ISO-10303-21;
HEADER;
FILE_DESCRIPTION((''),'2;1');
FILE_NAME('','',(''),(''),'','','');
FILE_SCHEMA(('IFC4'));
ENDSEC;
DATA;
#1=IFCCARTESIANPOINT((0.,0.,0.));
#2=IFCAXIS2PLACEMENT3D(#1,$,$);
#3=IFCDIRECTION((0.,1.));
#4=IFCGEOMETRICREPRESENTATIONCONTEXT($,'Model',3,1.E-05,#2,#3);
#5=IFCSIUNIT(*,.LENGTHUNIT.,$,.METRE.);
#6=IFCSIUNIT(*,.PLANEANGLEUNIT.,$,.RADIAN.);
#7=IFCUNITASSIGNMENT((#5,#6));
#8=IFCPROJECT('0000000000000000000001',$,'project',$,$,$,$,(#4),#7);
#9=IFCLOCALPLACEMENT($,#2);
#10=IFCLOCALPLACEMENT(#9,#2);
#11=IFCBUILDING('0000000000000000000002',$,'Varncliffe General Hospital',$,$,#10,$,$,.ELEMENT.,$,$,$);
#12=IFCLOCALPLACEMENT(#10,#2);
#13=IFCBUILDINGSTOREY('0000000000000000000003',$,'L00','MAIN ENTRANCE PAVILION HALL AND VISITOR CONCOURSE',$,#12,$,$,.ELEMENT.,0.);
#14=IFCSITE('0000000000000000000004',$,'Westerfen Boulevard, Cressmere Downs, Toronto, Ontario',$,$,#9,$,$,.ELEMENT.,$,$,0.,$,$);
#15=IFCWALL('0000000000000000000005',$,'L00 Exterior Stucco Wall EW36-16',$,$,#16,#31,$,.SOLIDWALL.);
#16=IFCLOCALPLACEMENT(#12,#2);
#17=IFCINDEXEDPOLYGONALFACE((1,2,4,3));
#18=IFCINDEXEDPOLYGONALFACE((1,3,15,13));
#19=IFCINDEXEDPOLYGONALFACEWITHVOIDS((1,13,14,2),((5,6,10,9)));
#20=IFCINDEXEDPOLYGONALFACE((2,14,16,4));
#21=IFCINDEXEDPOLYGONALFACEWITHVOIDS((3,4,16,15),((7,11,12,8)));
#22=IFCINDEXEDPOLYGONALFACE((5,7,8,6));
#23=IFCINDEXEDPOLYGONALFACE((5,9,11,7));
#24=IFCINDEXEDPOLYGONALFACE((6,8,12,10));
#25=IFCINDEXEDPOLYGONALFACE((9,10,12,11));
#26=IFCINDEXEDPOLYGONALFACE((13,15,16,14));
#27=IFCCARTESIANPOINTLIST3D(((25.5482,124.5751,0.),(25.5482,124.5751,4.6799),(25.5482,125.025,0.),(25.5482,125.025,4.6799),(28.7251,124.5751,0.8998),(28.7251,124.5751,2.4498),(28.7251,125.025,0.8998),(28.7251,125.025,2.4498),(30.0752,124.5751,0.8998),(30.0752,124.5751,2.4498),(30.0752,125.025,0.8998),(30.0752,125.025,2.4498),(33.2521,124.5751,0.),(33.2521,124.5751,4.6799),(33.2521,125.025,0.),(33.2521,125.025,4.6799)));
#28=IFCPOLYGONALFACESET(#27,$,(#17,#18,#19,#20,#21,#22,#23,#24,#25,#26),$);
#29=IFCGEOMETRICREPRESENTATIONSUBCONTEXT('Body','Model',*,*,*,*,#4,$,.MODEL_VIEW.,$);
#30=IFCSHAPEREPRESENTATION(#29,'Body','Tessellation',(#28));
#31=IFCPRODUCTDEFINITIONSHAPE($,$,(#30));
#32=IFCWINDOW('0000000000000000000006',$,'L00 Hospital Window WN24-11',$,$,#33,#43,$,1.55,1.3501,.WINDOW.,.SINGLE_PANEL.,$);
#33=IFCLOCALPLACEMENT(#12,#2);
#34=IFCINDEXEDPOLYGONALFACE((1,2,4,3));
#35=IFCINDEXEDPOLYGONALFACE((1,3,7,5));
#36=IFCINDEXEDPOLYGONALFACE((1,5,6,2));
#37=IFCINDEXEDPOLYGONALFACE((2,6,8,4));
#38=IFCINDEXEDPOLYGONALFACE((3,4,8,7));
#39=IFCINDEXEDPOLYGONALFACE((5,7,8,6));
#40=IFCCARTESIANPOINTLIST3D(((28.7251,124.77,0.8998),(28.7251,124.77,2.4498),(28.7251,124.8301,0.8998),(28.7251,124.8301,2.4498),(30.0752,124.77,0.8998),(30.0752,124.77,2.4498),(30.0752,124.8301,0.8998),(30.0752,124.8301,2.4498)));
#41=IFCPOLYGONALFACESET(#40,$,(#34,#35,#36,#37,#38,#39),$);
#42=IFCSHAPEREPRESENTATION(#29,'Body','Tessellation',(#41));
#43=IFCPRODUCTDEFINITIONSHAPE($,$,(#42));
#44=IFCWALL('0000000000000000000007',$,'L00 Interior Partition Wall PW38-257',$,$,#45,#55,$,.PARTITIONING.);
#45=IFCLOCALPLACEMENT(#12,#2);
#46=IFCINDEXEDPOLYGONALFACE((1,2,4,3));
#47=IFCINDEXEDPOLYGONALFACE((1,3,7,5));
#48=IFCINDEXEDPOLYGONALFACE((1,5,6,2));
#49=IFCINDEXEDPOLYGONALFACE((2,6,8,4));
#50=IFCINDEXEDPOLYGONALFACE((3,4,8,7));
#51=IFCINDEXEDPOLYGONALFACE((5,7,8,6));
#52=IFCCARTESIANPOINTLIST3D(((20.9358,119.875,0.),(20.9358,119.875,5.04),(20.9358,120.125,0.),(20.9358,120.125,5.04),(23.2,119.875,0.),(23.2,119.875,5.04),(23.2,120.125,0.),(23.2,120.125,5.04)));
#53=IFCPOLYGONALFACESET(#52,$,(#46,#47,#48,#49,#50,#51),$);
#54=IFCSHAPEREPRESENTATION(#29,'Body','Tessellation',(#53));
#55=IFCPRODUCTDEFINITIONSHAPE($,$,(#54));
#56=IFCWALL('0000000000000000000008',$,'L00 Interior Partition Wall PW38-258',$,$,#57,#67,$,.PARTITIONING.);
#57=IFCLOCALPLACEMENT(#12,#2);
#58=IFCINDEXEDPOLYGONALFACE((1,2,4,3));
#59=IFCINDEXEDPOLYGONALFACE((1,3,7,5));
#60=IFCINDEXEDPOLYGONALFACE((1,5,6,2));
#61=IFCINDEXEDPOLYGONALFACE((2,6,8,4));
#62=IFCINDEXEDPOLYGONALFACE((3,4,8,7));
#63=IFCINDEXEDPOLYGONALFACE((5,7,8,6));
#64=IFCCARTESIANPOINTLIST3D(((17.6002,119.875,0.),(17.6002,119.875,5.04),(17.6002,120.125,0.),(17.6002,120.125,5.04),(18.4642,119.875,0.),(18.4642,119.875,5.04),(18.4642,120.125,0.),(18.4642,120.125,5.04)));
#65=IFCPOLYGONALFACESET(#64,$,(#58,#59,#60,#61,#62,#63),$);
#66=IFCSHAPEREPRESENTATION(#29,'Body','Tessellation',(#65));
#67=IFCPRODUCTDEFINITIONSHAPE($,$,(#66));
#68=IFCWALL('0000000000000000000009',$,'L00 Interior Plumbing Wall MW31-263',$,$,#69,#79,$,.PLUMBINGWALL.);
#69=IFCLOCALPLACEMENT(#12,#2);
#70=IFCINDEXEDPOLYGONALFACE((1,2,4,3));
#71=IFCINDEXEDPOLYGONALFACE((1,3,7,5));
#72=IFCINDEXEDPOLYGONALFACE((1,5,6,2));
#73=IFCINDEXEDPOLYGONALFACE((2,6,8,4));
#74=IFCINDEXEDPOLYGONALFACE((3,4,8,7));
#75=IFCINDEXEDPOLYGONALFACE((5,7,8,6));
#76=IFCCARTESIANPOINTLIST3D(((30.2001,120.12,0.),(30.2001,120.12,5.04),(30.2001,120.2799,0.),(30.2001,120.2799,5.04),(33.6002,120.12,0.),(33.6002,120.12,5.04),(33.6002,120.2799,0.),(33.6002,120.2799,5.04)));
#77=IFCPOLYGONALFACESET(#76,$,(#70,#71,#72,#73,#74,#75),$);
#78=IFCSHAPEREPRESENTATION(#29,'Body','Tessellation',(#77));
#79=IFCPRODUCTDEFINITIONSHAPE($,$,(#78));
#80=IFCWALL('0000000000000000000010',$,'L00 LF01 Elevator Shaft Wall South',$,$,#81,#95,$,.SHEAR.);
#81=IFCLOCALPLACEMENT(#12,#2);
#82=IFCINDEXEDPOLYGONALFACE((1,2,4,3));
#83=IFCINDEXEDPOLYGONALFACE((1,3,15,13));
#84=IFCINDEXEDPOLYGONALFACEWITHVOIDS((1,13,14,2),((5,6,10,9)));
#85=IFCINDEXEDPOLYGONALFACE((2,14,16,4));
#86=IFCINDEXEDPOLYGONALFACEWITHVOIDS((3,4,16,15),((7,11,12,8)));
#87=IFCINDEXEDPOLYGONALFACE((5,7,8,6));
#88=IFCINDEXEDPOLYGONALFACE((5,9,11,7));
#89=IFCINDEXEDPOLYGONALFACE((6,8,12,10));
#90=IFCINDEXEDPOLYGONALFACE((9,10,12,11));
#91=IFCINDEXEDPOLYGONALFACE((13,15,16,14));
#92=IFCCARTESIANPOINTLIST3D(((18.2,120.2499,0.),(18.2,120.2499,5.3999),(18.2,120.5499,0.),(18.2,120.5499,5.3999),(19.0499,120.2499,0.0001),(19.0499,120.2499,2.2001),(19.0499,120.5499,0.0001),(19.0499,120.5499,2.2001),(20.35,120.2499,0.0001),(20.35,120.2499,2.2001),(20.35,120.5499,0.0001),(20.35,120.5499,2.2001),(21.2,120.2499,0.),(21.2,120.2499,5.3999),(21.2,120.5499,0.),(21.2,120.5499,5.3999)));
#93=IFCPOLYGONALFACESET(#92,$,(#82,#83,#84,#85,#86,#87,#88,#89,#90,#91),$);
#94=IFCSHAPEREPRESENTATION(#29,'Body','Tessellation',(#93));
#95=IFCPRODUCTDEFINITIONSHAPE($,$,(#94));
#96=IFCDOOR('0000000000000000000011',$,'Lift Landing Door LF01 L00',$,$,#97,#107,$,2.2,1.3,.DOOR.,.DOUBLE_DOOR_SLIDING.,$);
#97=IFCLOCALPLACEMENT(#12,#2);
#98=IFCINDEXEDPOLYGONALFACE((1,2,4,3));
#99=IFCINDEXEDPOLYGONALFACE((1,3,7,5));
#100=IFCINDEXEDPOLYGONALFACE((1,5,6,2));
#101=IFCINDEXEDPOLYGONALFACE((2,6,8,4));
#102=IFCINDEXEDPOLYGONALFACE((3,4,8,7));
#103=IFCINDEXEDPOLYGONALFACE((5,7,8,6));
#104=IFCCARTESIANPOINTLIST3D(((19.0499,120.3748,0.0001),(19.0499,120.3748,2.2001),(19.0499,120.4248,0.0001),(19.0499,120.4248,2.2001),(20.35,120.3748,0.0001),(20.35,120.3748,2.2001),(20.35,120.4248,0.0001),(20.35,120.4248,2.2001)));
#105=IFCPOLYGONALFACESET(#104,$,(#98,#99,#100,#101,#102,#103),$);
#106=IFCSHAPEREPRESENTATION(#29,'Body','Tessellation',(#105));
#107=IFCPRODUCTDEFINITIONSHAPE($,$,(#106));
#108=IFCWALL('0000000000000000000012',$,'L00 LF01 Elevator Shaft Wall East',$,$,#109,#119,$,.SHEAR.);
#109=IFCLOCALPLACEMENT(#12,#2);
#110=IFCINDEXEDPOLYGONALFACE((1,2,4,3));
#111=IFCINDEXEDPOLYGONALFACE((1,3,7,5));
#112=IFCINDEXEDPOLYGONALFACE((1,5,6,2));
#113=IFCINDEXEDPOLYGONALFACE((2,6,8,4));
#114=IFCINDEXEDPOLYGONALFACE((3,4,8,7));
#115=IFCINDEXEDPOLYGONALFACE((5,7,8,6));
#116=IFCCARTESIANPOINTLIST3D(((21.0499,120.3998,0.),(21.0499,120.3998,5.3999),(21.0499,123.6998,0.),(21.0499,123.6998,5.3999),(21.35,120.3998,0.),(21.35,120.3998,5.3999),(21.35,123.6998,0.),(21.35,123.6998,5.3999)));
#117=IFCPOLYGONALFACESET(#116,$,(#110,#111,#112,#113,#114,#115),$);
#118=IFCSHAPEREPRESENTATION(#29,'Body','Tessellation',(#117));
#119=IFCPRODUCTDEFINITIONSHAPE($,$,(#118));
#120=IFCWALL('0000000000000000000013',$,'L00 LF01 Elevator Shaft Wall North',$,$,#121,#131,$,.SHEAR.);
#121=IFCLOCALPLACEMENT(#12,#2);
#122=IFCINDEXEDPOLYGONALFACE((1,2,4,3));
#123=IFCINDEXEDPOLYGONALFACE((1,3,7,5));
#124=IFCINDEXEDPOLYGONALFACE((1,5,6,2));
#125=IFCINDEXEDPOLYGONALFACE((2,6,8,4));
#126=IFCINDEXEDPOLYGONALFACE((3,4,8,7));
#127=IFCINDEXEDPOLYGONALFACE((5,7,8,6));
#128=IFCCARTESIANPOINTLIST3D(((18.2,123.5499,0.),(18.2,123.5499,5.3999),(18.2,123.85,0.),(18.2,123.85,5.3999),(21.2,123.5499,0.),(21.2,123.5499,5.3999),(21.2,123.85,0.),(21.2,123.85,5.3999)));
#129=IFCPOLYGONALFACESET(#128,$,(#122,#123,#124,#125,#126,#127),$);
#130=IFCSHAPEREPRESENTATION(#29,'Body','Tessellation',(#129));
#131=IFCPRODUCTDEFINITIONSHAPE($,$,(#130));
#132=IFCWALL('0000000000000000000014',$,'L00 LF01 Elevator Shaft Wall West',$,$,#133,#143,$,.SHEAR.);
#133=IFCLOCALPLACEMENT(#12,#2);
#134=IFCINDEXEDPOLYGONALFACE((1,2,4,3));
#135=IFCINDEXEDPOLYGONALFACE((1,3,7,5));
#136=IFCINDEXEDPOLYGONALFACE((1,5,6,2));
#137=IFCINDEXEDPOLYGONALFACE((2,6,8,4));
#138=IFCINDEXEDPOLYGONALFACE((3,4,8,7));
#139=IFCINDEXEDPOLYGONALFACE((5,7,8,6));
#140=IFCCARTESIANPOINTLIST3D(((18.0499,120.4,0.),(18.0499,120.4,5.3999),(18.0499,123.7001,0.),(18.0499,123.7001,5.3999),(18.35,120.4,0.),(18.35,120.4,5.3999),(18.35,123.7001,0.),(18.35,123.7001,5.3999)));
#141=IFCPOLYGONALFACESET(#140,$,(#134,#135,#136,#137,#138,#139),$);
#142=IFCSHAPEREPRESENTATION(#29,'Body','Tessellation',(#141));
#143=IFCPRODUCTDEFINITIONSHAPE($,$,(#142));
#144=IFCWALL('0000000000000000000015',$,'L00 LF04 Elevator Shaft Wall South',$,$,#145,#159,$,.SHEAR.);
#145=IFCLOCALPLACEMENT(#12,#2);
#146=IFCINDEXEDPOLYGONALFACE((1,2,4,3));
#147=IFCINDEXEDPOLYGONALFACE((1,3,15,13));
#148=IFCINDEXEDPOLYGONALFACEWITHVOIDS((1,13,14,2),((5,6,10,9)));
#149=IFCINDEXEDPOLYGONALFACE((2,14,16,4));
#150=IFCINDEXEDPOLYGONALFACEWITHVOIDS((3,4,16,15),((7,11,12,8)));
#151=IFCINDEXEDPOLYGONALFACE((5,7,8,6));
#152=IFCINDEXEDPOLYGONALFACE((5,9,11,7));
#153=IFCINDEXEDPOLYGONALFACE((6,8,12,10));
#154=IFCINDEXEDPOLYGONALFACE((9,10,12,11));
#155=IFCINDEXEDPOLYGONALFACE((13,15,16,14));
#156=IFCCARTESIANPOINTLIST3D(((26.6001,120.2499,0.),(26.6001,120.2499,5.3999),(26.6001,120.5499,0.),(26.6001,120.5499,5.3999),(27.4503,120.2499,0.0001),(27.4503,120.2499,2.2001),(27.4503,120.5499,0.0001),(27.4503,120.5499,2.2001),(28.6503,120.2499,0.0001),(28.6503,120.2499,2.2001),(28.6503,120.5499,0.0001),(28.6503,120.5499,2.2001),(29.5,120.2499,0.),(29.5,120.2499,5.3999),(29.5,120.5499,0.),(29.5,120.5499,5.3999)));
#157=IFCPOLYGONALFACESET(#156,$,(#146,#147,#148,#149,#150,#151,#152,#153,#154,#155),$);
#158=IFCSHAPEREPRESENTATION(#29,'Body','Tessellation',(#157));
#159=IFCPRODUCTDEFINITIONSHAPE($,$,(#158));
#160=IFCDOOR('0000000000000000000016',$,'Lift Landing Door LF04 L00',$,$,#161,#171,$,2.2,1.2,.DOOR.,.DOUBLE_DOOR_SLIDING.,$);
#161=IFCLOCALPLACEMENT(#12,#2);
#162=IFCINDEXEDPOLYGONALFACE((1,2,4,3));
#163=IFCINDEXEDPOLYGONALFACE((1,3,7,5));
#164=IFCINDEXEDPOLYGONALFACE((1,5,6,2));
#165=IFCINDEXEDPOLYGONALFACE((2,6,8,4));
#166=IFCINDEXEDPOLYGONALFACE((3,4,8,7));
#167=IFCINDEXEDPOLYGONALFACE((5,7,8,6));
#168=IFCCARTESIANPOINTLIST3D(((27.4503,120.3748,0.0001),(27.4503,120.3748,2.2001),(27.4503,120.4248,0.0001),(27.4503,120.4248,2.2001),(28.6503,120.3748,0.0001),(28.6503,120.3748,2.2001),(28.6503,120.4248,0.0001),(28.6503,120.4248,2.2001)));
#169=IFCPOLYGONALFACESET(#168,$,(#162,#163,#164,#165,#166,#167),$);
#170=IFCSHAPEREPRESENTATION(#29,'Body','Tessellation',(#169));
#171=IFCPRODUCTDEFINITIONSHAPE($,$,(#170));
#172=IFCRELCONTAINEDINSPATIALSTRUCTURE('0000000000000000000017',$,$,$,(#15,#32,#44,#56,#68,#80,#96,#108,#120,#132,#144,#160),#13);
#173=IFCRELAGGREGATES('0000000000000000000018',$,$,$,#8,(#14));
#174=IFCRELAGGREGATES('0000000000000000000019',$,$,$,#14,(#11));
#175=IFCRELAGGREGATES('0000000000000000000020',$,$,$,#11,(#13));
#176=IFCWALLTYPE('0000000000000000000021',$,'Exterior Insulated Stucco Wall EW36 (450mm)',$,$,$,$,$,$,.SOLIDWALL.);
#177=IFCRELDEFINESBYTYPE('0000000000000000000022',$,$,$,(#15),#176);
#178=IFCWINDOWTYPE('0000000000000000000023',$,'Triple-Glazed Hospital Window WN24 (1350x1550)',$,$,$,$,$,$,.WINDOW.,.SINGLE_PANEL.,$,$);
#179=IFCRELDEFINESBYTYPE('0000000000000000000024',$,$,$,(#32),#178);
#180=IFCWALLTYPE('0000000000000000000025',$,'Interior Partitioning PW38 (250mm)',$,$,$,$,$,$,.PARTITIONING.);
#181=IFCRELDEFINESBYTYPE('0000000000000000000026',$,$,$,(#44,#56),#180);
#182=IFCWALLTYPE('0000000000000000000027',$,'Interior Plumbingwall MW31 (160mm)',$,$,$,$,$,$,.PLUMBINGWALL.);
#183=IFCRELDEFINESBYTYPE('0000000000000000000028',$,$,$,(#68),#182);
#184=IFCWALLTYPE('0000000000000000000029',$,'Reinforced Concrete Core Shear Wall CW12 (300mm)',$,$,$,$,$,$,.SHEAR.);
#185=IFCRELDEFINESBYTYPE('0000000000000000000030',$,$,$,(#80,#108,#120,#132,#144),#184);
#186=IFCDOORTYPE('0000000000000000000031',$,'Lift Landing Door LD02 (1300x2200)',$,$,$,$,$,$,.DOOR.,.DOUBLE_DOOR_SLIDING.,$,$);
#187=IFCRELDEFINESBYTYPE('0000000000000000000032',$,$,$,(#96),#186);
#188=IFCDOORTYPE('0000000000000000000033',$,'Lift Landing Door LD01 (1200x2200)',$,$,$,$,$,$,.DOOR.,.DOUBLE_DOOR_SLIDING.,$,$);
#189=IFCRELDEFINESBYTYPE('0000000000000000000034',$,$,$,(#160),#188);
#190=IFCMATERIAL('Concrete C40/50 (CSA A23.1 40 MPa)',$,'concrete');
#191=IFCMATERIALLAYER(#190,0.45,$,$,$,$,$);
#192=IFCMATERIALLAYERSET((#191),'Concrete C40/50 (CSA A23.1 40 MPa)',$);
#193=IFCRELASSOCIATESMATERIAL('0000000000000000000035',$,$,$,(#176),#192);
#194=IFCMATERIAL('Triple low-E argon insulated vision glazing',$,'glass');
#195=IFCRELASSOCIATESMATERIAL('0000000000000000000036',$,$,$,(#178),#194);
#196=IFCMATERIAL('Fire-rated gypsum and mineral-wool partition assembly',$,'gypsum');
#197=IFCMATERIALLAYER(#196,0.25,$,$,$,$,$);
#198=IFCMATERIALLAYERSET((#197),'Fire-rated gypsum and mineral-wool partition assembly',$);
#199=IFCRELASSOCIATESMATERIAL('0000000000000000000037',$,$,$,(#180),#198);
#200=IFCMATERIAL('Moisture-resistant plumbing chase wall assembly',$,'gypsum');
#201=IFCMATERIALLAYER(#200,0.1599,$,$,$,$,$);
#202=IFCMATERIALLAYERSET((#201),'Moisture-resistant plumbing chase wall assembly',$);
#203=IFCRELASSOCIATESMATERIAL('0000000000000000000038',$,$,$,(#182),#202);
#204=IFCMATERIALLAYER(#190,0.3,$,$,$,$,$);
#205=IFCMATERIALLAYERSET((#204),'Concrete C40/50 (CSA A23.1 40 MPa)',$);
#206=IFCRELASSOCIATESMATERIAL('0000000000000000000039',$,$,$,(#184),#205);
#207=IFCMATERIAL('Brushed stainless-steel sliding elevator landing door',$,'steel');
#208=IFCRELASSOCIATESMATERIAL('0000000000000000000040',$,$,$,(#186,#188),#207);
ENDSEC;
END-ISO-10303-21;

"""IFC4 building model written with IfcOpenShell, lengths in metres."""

from ifc_helpers import new_model, si_unit, direction, frame, frame_2d, origin, place, context, subcontext, project, spatial, rectangle, extrude, material, layer, layer_set, type_object, element, fill, save


model = new_model("IFC4")

# Units and contexts
model_context = context("Model", 3, precision=1e-05, world=origin(), true_north=direction((0.0, 1.0)))
body_context = subcontext(model_context, "Body", "Model", "MODEL_VIEW")
ifc_project = project(units=[si_unit("LENGTHUNIT", "METRE"), si_unit("PLANEANGLEUNIT", "RADIAN")], contexts=[model_context])

# Site, building, storey
site_placement = place(None, origin())
site = spatial("IfcSite", under=ifc_project, at=site_placement, Name="Westerfen Boulevard, Cressmere Downs, Toronto, Ontario", CompositionType="ELEMENT", RefElevation=0.0)
building_placement = place(site_placement, origin())
building = spatial("IfcBuilding", under=site, at=building_placement, Name="Varncliffe General Hospital", CompositionType="ELEMENT")
storey_placement = place(building_placement, origin())
storey = spatial("IfcBuildingStorey", under=building, at=storey_placement, Name="L00", Description="MAIN ENTRANCE PAVILION HALL AND VISITOR CONCOURSE", CompositionType="ELEMENT", Elevation=0.0)

# Shared definitions
ifc_material_1 = material(Name="Concrete C40/50 (CSA A23.1 40 MPa)", Category="concrete")

# Wall, opening, window
ifc_material_2 = material(Name="Triple low-E argon insulated vision glazing", Category="glass")
ifc_layer_1 = layer(ifc_material_1, 0.45)
ifc_layer_set_1 = layer_set([ifc_layer_1], Name="Concrete C40/50 (CSA A23.1 40 MPa)")
wall_type_1 = type_object("IfcWallType", Name="Exterior Insulated Stucco Wall EW36 (450mm)", PredefinedType="SOLIDWALL", material=ifc_layer_set_1)
wall_1_placement = place(storey_placement, frame((25.5481, 124.8, 0.0), z_axis=(0.0, 0.0, 1.0), x_axis=(1.0, 0.0, 0.0)))
wall_1 = element("IfcWall", 1, at=wall_1_placement, inside=storey, type_object=wall_type_1, Name="L00 Exterior Stucco Wall EW36-16", PredefinedType="SOLIDWALL", context=body_context, shape_type="SweptSolid", body=[
    extrude(rectangle(XDim=7.7039, YDim=0.45, at=frame_2d((3.8521, 0.0))), origin(), (0.0, 0.0, 1.0), 4.6799),
])
opening_1_placement = place(wall_1_placement, frame((3.177, 0.0, 0.8999)))
opening_1 = element("IfcOpeningElement", 2, at=opening_1_placement, cuts=wall_1, PredefinedType="OPENING", context=body_context, shape_type="SweptSolid", body=[
    extrude(rectangle(XDim=1.3501, YDim=1.55, at=frame_2d((0.675, 0.7749))), frame((0.0, 0.2349, 0.0), z_axis=(0.0, -1.0, 0.0), x_axis=(1.0, 0.0, 0.0)), (0.0, 0.0, 1.0), 0.47),
])
window_type_1 = type_object("IfcWindowType", Name="Triple-Glazed Hospital Window WN24 (1350x1550)", PartitioningType="SINGLE_PANEL", PredefinedType="WINDOW", material=ifc_material_2)
window_1_placement = place(opening_1_placement, origin())
window_1 = element("IfcWindow", 3, at=window_1_placement, inside=storey, type_object=window_type_1, Name="L00 Hospital Window WN24-11", OverallHeight=1.55, OverallWidth=1.3501, PartitioningType="SINGLE_PANEL", PredefinedType="WINDOW", context=body_context, shape_type="SweptSolid", body=[
    extrude(rectangle(XDim=1.3501, YDim=1.55, at=frame_2d((0.675, 0.7749))), frame((0.0, 0.03, 0.0), z_axis=(0.0, -1.0, 0.0), x_axis=(1.0, 0.0, 0.0)), (0.0, 0.0, 1.0), 0.0601),
])
fill(opening_1, window_1)

# Walls
ifc_material_3 = material(Name="Fire-rated gypsum and mineral-wool partition assembly", Category="gypsum")
ifc_layer_2 = layer(ifc_material_3, 0.25)
ifc_layer_set_2 = layer_set([ifc_layer_2], Name="Fire-rated gypsum and mineral-wool partition assembly")
wall_type_2 = type_object("IfcWallType", Name="Interior Partitioning PW38 (250mm)", PredefinedType="PARTITIONING", material=ifc_layer_set_2)
wall_2_placement = place(storey_placement, frame((20.9358, 120.0, 0.0), z_axis=(0.0, 0.0, 1.0), x_axis=(1.0, 0.0, 0.0)))
element("IfcWall", 4, at=wall_2_placement, inside=storey, type_object=wall_type_2, Name="L00 Interior Partition Wall PW38-257", PredefinedType="PARTITIONING", context=body_context, shape_type="SweptSolid", body=[
    extrude(rectangle(XDim=2.2642, YDim=0.25, at=frame_2d((1.1321, 0.0))), origin(), (0.0, 0.0, 1.0), 5.04),
])
wall_3_placement = place(storey_placement, frame((17.6001, 120.0, 0.0), z_axis=(0.0, 0.0, 1.0), x_axis=(1.0, 0.0, 0.0)))
element("IfcWall", 5, at=wall_3_placement, inside=storey, type_object=wall_type_2, Name="L00 Interior Partition Wall PW38-258", PredefinedType="PARTITIONING", context=body_context, shape_type="SweptSolid", body=[
    extrude(rectangle(XDim=0.864, YDim=0.25, at=frame_2d((0.4321, 0.0))), origin(), (0.0, 0.0, 1.0), 5.04),
])
ifc_material_4 = material(Name="Moisture-resistant plumbing chase wall assembly", Category="gypsum")
ifc_layer_3 = layer(ifc_material_4, 0.1599)
ifc_layer_set_3 = layer_set([ifc_layer_3], Name="Moisture-resistant plumbing chase wall assembly")
wall_type_3 = type_object("IfcWallType", Name="Interior Plumbingwall MW31 (160mm)", PredefinedType="PLUMBINGWALL", material=ifc_layer_set_3)
wall_4_placement = place(storey_placement, frame((30.2, 120.2, 0.0), z_axis=(0.0, 0.0, 1.0), x_axis=(1.0, 0.0, 0.0)))
element("IfcWall", 6, at=wall_4_placement, inside=storey, type_object=wall_type_3, Name="L00 Interior Plumbing Wall MW31-263", PredefinedType="PLUMBINGWALL", context=body_context, shape_type="SweptSolid", body=[
    extrude(rectangle(XDim=3.4001, YDim=0.1599, at=frame_2d((1.7002, 0.0))), origin(), (0.0, 0.0, 1.0), 5.04),
])

# Wall, opening, door
ifc_layer_4 = layer(ifc_material_1, 0.3)
ifc_layer_set_4 = layer_set([ifc_layer_4], Name="Concrete C40/50 (CSA A23.1 40 MPa)")
wall_type_4 = type_object("IfcWallType", Name="Reinforced Concrete Core Shear Wall CW12 (300mm)", PredefinedType="SHEAR", material=ifc_layer_set_4)
wall_5_placement = place(storey_placement, frame((18.2, 120.3999, 0.0), z_axis=(0.0, 0.0, 1.0), x_axis=(1.0, 0.0, 0.0)))
wall_5 = element("IfcWall", 7, at=wall_5_placement, inside=storey, type_object=wall_type_4, Name="L00 LF01 Elevator Shaft Wall South", PredefinedType="SHEAR", context=body_context, shape_type="SweptSolid", body=[
    extrude(rectangle(XDim=3.0, YDim=0.3, at=frame_2d((1.5, 0.0))), origin(), (0.0, 0.0, 1.0), 5.3999),
])
opening_2_placement = place(wall_5_placement, frame((0.8501, 0.0, 0.0)))
opening_2 = element("IfcOpeningElement", 8, at=opening_2_placement, cuts=wall_5, PredefinedType="OPENING", context=body_context, shape_type="SweptSolid", body=[
    extrude(rectangle(XDim=1.3, YDim=2.2, at=frame_2d((0.6499, 1.1001))), frame((0.0, 0.1602, 0.0), z_axis=(0.0, -1.0, 0.0), x_axis=(1.0, 0.0, 0.0)), (0.0, 0.0, 1.0), 0.3201),
])
ifc_material_5 = material(Name="Brushed stainless-steel sliding elevator landing door", Category="steel")
door_type_1 = type_object("IfcDoorType", Name="Lift Landing Door LD02 (1300x2200)", OperationType="DOUBLE_DOOR_SLIDING", PredefinedType="DOOR", material=ifc_material_5)
door_1_placement = place(opening_2_placement, origin())
door_1 = element("IfcDoor", 9, at=door_1_placement, inside=storey, type_object=door_type_1, Name="Lift Landing Door LF01 L00", OperationType="DOUBLE_DOOR_SLIDING", OverallHeight=2.2, OverallWidth=1.3, PredefinedType="DOOR", context=body_context, shape_type="SweptSolid", body=[
    extrude(rectangle(XDim=1.3, YDim=2.2, at=frame_2d((0.6499, 1.1001))), frame((0.0, 0.0249, 0.0), z_axis=(0.0, -1.0, 0.0), x_axis=(1.0, 0.0, 0.0)), (0.0, 0.0, 1.0), 0.05),
])
fill(opening_2, door_1)

# Walls
wall_6_placement = place(storey_placement, frame((21.2, 120.3999, 0.0), z_axis=(0.0, 0.0, 1.0), x_axis=(0.0, 1.0, 0.0)))
element("IfcWall", 10, at=wall_6_placement, inside=storey, type_object=wall_type_4, Name="L00 LF01 Elevator Shaft Wall East", PredefinedType="SHEAR", context=body_context, shape_type="SweptSolid", body=[
    extrude(rectangle(XDim=3.3, YDim=0.3, at=frame_2d((1.6499, 0.0))), origin(), (0.0, 0.0, 1.0), 5.3999),
])
wall_7_placement = place(storey_placement, frame((21.2, 123.7, 0.0), z_axis=(0.0, 0.0, 1.0), x_axis=(-1.0, 0.0, 0.0)))
element("IfcWall", 11, at=wall_7_placement, inside=storey, type_object=wall_type_4, Name="L00 LF01 Elevator Shaft Wall North", PredefinedType="SHEAR", context=body_context, shape_type="SweptSolid", body=[
    extrude(rectangle(XDim=3.0, YDim=0.3, at=frame_2d((1.5, 0.0))), origin(), (0.0, 0.0, 1.0), 5.3999),
])
wall_8_placement = place(storey_placement, frame((18.2, 123.7, 0.0), z_axis=(0.0, 0.0, 1.0), x_axis=(0.0, -1.0, 0.0)))
element("IfcWall", 12, at=wall_8_placement, inside=storey, type_object=wall_type_4, Name="L00 LF01 Elevator Shaft Wall West", PredefinedType="SHEAR", context=body_context, shape_type="SweptSolid", body=[
    extrude(rectangle(XDim=3.3, YDim=0.3, at=frame_2d((1.6499, 0.0))), origin(), (0.0, 0.0, 1.0), 5.3999),
])

# Wall, opening, door
wall_9_placement = place(storey_placement, frame((26.6001, 120.3999, 0.0), z_axis=(0.0, 0.0, 1.0), x_axis=(1.0, 0.0, 0.0)))
wall_9 = element("IfcWall", 13, at=wall_9_placement, inside=storey, type_object=wall_type_4, Name="L00 LF04 Elevator Shaft Wall South", PredefinedType="SHEAR", context=body_context, shape_type="SweptSolid", body=[
    extrude(rectangle(XDim=2.8999, YDim=0.3, at=frame_2d((1.45, 0.0))), origin(), (0.0, 0.0, 1.0), 5.3999),
])
opening_3_placement = place(wall_9_placement, frame((0.8501, 0.0, 0.0)))
opening_3 = element("IfcOpeningElement", 14, at=opening_3_placement, cuts=wall_9, PredefinedType="OPENING", context=body_context, shape_type="SweptSolid", body=[
    extrude(rectangle(XDim=1.2, YDim=2.2, at=frame_2d((0.6001, 1.1001))), frame((0.0, 0.1602, 0.0), z_axis=(0.0, -1.0, 0.0), x_axis=(1.0, 0.0, 0.0)), (0.0, 0.0, 1.0), 0.3201),
])
door_type_2 = type_object("IfcDoorType", Name="Lift Landing Door LD01 (1200x2200)", OperationType="DOUBLE_DOOR_SLIDING", PredefinedType="DOOR", material=ifc_material_5)
door_2_placement = place(opening_3_placement, origin())
door_2 = element("IfcDoor", 15, at=door_2_placement, inside=storey, type_object=door_type_2, Name="Lift Landing Door LF04 L00", OperationType="DOUBLE_DOOR_SLIDING", OverallHeight=2.2, OverallWidth=1.2, PredefinedType="DOOR", context=body_context, shape_type="SweptSolid", body=[
    extrude(rectangle(XDim=1.2, YDim=2.2, at=frame_2d((0.6001, 1.1001))), frame((0.0, 0.0249, 0.0), z_axis=(0.0, -1.0, 0.0), x_axis=(1.0, 0.0, 0.0)), (0.0, 0.0, 1.0), 0.05),
])
fill(opening_3, door_2)

save(model, "model.ifc")
